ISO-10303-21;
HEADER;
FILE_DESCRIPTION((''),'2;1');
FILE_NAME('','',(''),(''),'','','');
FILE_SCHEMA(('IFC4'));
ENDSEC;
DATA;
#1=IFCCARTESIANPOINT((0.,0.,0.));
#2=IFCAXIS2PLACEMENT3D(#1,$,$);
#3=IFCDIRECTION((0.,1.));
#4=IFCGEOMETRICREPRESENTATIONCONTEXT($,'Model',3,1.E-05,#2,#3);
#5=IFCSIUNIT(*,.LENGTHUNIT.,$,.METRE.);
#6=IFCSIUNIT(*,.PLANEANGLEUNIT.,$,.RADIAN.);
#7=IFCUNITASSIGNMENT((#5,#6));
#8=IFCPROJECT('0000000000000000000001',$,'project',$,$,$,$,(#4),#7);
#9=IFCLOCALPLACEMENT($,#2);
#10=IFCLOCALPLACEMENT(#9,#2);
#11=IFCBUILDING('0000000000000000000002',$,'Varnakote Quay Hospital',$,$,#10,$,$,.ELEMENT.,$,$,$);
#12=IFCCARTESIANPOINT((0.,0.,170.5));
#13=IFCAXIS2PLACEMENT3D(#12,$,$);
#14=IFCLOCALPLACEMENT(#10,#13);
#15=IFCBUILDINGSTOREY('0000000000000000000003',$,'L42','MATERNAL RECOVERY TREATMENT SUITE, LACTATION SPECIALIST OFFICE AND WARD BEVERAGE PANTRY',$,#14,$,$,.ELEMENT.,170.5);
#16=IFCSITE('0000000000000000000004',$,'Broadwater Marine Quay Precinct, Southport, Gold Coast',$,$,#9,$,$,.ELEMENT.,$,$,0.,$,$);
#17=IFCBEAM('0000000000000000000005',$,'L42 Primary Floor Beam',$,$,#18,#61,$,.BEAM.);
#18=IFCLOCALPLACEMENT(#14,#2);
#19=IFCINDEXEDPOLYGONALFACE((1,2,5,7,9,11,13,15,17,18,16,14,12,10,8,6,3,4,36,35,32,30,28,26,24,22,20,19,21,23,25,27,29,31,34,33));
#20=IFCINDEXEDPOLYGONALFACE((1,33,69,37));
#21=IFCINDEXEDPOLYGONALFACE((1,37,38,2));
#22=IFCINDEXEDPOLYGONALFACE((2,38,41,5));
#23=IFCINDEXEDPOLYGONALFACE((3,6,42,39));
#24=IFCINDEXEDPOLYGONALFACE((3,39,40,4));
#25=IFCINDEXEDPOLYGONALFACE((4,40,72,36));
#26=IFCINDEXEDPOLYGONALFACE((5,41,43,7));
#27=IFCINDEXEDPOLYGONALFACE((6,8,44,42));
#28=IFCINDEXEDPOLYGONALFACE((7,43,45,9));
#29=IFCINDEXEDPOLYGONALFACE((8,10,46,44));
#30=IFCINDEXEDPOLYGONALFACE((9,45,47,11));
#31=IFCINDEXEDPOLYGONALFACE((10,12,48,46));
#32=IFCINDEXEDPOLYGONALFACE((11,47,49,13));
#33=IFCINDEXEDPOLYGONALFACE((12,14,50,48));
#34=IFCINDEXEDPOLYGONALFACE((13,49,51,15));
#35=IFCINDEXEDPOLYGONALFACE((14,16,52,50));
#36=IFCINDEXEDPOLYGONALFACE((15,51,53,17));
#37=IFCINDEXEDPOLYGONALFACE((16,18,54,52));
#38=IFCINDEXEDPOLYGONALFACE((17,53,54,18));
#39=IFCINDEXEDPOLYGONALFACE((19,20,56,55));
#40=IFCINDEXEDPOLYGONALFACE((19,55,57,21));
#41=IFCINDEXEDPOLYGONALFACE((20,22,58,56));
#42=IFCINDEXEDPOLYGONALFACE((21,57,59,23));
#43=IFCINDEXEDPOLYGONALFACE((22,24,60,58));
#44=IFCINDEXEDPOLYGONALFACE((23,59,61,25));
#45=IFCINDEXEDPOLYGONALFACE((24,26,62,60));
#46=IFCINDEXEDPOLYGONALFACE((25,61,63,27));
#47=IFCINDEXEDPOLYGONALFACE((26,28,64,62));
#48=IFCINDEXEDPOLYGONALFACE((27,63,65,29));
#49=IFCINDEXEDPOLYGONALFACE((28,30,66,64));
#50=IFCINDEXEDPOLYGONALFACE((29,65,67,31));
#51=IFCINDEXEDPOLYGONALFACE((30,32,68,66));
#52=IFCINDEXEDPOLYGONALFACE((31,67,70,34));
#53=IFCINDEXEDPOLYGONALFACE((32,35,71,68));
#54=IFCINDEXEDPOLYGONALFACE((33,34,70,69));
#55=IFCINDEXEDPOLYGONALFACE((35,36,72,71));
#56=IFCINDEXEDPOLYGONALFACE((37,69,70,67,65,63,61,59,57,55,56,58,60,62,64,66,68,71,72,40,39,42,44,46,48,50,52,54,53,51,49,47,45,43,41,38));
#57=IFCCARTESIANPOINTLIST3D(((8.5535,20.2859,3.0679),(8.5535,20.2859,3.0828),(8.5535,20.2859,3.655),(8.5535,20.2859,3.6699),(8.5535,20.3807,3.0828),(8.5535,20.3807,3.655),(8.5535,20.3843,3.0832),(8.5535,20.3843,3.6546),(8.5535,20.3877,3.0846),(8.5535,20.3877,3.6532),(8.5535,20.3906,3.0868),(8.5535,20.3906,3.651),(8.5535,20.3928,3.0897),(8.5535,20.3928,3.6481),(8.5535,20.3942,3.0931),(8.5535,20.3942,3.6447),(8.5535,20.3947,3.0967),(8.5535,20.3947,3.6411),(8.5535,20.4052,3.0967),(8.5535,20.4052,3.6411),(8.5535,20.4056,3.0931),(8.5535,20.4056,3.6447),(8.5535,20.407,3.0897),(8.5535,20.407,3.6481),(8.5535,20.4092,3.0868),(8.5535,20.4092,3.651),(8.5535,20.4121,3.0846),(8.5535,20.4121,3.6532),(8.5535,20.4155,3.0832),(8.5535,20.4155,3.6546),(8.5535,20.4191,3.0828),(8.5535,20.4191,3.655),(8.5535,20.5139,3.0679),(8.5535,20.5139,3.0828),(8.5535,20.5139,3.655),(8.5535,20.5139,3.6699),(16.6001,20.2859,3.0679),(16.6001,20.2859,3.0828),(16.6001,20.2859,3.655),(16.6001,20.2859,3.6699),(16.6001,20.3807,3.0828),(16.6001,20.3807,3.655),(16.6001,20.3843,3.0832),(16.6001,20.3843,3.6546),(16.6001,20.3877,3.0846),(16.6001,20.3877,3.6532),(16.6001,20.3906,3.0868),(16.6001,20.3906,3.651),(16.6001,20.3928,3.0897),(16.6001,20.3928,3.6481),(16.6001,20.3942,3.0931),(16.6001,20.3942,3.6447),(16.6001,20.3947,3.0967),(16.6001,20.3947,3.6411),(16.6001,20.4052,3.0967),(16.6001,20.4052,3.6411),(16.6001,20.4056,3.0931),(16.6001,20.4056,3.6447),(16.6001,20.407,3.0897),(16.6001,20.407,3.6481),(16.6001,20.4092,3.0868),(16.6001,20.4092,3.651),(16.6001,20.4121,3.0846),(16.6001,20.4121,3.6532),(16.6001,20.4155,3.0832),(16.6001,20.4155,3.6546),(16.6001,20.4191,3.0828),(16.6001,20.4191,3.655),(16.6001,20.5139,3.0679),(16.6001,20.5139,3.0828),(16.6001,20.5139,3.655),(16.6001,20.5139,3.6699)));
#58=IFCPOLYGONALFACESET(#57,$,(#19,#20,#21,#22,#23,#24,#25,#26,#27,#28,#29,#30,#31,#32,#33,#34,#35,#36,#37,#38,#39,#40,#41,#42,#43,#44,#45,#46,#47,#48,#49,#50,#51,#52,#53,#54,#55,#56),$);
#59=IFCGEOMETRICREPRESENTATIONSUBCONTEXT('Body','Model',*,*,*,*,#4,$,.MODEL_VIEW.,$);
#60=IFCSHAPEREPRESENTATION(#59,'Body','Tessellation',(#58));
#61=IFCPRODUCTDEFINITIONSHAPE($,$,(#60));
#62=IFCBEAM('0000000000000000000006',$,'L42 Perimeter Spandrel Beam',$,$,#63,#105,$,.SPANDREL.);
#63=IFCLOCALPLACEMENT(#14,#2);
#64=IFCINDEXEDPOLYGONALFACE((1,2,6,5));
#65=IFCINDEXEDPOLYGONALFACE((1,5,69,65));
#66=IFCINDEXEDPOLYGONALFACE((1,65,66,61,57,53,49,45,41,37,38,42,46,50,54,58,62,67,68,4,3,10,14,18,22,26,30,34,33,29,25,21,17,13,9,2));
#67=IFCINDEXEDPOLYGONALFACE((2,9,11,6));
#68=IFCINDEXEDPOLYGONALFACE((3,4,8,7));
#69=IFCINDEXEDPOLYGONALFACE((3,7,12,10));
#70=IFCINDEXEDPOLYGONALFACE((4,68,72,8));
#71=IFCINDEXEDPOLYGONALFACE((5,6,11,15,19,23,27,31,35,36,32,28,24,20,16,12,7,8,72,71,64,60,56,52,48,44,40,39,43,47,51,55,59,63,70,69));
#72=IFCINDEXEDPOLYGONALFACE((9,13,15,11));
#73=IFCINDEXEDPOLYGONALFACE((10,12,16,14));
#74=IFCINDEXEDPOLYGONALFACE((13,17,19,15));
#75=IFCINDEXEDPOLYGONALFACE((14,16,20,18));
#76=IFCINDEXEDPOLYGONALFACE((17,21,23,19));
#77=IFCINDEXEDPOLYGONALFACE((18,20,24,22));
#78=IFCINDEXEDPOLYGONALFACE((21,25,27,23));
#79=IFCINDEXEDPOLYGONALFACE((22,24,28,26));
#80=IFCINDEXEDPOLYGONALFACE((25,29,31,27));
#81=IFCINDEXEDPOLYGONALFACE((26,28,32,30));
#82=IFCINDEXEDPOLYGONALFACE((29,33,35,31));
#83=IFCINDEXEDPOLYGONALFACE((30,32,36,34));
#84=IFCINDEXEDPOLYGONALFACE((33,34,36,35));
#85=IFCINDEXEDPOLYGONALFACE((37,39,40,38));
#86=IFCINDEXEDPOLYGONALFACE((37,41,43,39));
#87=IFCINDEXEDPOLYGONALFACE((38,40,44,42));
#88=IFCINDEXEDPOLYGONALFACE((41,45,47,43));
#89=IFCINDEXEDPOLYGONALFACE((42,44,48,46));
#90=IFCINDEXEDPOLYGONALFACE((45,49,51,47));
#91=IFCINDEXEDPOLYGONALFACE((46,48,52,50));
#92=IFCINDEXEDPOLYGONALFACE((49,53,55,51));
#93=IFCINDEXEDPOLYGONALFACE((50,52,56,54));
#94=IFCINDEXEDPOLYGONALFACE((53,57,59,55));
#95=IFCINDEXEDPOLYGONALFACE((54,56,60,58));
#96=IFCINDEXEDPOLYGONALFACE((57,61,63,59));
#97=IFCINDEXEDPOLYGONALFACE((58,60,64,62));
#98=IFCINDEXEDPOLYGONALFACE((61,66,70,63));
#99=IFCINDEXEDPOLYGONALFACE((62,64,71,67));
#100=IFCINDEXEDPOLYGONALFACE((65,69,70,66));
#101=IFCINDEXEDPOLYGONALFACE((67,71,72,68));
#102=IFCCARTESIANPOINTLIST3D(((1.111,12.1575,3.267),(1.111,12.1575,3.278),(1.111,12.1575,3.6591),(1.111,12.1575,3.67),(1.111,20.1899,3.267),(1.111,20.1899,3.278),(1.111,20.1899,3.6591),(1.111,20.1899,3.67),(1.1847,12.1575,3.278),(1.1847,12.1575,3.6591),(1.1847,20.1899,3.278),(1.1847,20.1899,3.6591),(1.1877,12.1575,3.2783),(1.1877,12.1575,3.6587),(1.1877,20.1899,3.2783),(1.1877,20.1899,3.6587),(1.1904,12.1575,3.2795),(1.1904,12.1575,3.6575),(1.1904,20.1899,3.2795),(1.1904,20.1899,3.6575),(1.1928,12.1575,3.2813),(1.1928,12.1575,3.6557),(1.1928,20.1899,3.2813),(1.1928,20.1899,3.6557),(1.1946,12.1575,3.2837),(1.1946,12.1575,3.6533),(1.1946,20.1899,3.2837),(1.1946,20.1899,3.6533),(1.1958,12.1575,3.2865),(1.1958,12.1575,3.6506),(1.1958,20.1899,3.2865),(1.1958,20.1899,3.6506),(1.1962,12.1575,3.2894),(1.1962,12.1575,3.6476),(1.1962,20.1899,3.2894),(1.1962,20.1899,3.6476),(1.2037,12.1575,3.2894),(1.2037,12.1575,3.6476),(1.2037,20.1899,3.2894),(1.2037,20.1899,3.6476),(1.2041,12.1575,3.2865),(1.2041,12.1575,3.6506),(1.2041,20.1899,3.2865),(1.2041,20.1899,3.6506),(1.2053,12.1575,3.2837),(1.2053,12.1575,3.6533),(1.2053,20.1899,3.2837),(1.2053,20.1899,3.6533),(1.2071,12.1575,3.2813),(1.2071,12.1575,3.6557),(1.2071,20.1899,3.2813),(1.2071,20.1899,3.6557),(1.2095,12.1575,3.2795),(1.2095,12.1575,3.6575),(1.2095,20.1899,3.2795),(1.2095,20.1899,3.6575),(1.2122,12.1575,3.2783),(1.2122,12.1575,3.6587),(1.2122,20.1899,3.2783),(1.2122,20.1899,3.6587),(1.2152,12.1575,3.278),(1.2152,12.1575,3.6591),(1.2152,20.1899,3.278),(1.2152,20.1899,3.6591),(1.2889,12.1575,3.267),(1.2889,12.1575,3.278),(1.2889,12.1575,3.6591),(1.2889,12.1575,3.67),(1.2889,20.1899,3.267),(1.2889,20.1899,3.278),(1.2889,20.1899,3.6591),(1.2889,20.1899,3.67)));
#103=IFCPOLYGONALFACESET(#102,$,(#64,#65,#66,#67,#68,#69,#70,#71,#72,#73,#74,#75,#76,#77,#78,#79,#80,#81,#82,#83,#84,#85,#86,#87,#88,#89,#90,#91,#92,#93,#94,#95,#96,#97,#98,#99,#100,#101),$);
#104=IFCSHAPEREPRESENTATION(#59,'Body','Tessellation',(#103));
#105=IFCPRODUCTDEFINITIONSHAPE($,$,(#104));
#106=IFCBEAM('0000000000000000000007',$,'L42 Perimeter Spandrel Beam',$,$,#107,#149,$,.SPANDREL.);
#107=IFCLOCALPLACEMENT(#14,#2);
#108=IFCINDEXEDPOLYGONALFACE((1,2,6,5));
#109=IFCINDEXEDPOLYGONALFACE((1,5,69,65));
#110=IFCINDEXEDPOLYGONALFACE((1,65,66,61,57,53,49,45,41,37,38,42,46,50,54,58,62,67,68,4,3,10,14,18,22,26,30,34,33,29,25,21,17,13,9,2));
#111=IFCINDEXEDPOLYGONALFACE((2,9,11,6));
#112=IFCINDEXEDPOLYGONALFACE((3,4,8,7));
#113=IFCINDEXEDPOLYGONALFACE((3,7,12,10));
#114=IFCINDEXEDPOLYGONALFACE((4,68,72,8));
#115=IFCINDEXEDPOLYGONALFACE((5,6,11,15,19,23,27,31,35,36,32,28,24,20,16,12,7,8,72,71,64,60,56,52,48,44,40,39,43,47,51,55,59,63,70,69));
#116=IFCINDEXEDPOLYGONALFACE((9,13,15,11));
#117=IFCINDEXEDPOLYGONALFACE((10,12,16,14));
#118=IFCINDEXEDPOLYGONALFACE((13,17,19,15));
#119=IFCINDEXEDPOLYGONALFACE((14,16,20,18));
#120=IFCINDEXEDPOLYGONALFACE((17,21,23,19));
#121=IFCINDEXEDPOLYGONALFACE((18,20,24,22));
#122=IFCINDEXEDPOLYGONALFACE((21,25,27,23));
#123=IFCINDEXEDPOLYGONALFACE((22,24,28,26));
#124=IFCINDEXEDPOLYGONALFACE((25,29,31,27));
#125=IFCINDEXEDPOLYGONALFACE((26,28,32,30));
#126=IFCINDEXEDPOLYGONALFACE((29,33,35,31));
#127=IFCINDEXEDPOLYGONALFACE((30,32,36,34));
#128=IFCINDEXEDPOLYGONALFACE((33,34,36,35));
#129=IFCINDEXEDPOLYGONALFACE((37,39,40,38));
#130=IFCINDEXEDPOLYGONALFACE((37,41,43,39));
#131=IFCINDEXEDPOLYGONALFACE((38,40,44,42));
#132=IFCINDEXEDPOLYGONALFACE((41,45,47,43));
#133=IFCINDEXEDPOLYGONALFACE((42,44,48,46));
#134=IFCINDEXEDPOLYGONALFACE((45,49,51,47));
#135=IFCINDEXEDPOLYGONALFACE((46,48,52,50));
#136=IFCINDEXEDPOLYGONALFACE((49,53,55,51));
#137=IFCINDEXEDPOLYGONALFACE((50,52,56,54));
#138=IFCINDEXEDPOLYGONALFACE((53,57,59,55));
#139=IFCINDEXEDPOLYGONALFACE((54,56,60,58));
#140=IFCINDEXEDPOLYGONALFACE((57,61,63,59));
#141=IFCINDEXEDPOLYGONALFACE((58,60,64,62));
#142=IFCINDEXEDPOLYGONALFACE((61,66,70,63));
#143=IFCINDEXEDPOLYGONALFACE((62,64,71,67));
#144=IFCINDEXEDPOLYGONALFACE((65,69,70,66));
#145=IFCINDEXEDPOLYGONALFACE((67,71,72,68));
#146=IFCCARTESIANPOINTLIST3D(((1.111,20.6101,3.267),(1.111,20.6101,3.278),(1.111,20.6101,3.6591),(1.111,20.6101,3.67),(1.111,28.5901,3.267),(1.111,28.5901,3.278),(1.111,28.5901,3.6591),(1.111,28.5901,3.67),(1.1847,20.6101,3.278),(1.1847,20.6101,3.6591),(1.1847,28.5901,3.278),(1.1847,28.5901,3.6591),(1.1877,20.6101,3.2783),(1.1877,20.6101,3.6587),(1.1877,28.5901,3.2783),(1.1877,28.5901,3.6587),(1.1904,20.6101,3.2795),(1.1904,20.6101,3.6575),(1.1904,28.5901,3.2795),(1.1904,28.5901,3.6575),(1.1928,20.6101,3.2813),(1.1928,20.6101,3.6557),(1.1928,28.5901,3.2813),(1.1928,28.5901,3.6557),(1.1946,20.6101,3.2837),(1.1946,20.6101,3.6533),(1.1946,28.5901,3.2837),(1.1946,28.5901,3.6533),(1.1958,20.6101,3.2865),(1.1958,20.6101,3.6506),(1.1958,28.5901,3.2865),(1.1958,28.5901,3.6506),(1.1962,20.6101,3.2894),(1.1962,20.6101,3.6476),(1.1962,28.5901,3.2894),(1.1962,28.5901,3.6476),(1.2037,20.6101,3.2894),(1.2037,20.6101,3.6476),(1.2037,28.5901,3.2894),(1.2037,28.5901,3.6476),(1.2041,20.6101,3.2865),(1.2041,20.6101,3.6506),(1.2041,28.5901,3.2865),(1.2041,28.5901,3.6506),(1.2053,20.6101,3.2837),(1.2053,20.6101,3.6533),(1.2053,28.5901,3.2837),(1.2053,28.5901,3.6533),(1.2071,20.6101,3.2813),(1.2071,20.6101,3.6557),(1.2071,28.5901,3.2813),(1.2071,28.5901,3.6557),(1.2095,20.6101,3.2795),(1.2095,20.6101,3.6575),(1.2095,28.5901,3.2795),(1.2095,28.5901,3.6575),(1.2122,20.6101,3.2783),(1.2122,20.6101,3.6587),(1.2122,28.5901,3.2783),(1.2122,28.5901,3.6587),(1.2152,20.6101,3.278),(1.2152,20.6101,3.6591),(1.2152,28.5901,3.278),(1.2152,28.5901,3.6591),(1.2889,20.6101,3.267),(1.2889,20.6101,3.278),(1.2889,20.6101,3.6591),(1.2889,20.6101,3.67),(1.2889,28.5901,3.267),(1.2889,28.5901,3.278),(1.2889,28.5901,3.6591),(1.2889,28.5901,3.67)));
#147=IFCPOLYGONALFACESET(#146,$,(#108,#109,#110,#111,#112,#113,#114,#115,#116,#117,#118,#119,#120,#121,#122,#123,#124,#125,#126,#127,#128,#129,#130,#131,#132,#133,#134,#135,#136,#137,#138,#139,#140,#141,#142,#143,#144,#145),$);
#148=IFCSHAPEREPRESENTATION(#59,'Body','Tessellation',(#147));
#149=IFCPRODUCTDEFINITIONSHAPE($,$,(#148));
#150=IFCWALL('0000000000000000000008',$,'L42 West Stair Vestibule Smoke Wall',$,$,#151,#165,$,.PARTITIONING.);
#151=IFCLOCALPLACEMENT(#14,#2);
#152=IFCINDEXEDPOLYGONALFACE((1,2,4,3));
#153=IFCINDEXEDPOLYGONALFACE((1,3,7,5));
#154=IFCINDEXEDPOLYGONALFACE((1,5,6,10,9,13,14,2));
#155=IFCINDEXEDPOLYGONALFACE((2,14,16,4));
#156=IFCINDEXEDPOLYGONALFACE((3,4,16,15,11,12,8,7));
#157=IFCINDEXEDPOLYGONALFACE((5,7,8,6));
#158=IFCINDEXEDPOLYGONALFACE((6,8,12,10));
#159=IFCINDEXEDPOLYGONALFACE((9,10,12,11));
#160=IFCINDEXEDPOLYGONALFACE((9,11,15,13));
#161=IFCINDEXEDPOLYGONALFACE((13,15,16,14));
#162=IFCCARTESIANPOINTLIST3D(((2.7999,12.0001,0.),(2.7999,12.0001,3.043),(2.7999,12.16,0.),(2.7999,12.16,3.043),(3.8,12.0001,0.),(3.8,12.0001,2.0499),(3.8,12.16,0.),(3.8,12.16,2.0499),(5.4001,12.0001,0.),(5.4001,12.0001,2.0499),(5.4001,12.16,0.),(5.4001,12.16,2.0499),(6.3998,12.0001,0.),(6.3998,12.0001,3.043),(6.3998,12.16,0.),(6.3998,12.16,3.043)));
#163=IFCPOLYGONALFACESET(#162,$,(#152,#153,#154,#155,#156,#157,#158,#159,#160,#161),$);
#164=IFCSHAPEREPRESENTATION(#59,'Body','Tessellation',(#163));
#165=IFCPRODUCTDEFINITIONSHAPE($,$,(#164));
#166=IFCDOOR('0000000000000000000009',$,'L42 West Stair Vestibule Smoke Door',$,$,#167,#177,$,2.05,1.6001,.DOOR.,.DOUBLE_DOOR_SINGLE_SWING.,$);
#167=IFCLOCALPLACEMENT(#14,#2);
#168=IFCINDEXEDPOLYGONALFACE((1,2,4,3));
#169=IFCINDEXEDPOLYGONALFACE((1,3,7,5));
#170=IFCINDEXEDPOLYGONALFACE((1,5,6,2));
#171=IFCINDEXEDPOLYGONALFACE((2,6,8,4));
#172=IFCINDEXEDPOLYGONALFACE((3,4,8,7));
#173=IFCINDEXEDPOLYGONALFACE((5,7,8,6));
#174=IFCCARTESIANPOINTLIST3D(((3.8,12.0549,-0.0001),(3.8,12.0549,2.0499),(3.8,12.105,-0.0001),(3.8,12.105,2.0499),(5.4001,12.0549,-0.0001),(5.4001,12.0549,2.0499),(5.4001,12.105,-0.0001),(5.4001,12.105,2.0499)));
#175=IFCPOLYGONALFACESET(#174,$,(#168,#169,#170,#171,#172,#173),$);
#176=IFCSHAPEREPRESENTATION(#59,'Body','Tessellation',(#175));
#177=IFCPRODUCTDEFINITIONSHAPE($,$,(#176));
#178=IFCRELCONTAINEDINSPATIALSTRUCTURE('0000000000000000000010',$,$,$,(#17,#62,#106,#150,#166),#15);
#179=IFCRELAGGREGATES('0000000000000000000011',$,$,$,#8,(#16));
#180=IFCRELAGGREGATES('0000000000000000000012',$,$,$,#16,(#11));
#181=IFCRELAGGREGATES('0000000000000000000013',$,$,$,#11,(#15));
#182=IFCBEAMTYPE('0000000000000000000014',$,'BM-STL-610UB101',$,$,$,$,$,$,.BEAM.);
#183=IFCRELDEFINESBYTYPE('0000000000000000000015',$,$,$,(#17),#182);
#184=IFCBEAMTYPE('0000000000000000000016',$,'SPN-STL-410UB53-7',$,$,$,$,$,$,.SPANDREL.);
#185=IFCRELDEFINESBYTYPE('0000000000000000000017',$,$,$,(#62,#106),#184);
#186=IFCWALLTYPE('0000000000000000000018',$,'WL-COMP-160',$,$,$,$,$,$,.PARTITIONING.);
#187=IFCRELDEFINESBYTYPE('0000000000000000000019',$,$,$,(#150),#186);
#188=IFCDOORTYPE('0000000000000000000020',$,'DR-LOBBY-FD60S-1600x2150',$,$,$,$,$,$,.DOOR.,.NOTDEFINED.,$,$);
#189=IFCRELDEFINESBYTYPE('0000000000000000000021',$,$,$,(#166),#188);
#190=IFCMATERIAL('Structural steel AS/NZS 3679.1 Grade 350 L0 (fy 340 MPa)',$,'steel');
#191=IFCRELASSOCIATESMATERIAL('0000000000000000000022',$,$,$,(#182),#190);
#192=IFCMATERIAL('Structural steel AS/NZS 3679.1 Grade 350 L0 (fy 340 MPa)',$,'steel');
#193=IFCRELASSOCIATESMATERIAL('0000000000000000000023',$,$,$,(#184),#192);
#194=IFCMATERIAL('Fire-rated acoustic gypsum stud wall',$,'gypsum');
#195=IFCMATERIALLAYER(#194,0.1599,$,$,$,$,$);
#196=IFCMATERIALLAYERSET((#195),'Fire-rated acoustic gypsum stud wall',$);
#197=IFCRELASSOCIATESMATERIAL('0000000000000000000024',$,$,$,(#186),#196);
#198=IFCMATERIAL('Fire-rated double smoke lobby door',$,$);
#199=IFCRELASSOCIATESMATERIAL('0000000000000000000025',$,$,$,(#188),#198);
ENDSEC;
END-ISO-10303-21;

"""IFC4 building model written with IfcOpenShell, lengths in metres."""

from ifc_helpers import new_model, si_unit, direction, frame, frame_2d, origin, origin_2d, place, context, subcontext, project, spatial, rectangle, i_section, extrude, material, layer, layer_set, material_profile, profile_set, type_object, element, fill, save


model = new_model("IFC4")

# Units and contexts
model_context = context("Model", 3, precision=1e-05, world=origin(), true_north=direction((0.0, 1.0)))
body_context = subcontext(model_context, "Body", "Model", "MODEL_VIEW")
ifc_project = project(units=[si_unit("LENGTHUNIT", "METRE"), si_unit("PLANEANGLEUNIT", "RADIAN")], contexts=[model_context])

# Site, building, storey
site_placement = place(None, origin())
site = spatial("IfcSite", under=ifc_project, at=site_placement, Name="Broadwater Marine Quay Precinct, Southport, Gold Coast", CompositionType="ELEMENT", RefElevation=0.0)
building_placement = place(site_placement, origin())
building = spatial("IfcBuilding", under=site, at=building_placement, Name="Varnakote Quay Hospital", CompositionType="ELEMENT")
storey_placement = place(building_placement, frame((0.0, 0.0, 170.5)))
storey = spatial("IfcBuildingStorey", under=building, at=storey_placement, Name="L42", Description="MATERNAL RECOVERY TREATMENT SUITE, LACTATION SPECIALIST OFFICE AND WARD BEVERAGE PANTRY", CompositionType="ELEMENT", Elevation=170.5)

# Beams
ifc_material_1 = material(Name="Structural steel AS/NZS 3679.1 Grade 350 L0 (fy 340 MPa)", Category="steel")
ifc_material_profile_1 = material_profile(ifc_material_1, i_section(OverallWidth=0.228, OverallDepth=0.6021, WebThickness=0.0105, FlangeThickness=0.0149, FilletRadius=0.0139, at=origin_2d()), Name="610UB101")
ifc_profile_set_1 = profile_set([ifc_material_profile_1], Name="Structural steel AS/NZS 3679.1 Grade 350 L0 (fy 340 MPa)")
beam_type_1 = type_object("IfcBeamType", Name="BM-STL-610UB101", PredefinedType="BEAM", material=ifc_profile_set_1)
beam_1_placement = place(storey_placement, frame((8.5535, 20.3999, 3.3689), z_axis=(1.0, 0.0, 0.0), x_axis=(0.0, 1.0, 0.0)))
element("IfcBeam", 1, at=beam_1_placement, inside=storey, type_object=beam_type_1, Name="L42 Primary Floor Beam", PredefinedType="BEAM", context=body_context, shape_type="SweptSolid", body=[
    extrude(i_section(OverallWidth=0.228, OverallDepth=0.6021, WebThickness=0.0105, FlangeThickness=0.0149, FilletRadius=0.0139, at=origin_2d()), origin(), (0.0, 0.0, 1.0), 8.0466),
])
ifc_material_2 = material(Name="Structural steel AS/NZS 3679.1 Grade 350 L0 (fy 340 MPa)", Category="steel")
ifc_material_profile_2 = material_profile(ifc_material_2, i_section(OverallWidth=0.178, OverallDepth=0.4031, WebThickness=0.0076, FlangeThickness=0.011, FilletRadius=0.0115, at=origin_2d()), Name="410UB53.7")
ifc_profile_set_2 = profile_set([ifc_material_profile_2], Name="Structural steel AS/NZS 3679.1 Grade 350 L0 (fy 340 MPa)")
beam_type_2 = type_object("IfcBeamType", Name="SPN-STL-410UB53-7", PredefinedType="SPANDREL", material=ifc_profile_set_2)
beam_2_placement = place(storey_placement, frame((1.2, 12.1575, 3.4685), z_axis=(0.0, 1.0, 0.0), x_axis=(-1.0, 0.0, 0.0)))
element("IfcBeam", 2, at=beam_2_placement, inside=storey, type_object=beam_type_2, Name="L42 Perimeter Spandrel Beam", PredefinedType="SPANDREL", context=body_context, shape_type="SweptSolid", body=[
    extrude(i_section(OverallWidth=0.178, OverallDepth=0.4031, WebThickness=0.0076, FlangeThickness=0.011, FilletRadius=0.0115, at=origin_2d()), origin(), (0.0, 0.0, 1.0), 8.0325),
])
beam_3_placement = place(storey_placement, frame((1.2, 20.6101, 3.4685), z_axis=(0.0, 1.0, 0.0), x_axis=(-1.0, 0.0, 0.0)))
element("IfcBeam", 3, at=beam_3_placement, inside=storey, type_object=beam_type_2, Name="L42 Perimeter Spandrel Beam", PredefinedType="SPANDREL", context=body_context, shape_type="SweptSolid", body=[
    extrude(i_section(OverallWidth=0.178, OverallDepth=0.4031, WebThickness=0.0076, FlangeThickness=0.011, FilletRadius=0.0115, at=origin_2d()), origin(), (0.0, 0.0, 1.0), 7.98),
])

# Wall, opening, door
ifc_material_3 = material(Name="Fire-rated acoustic gypsum stud wall", Category="gypsum")
ifc_layer_1 = layer(ifc_material_3, 0.1599)
ifc_layer_set_1 = layer_set([ifc_layer_1], Name="Fire-rated acoustic gypsum stud wall")
wall_type_1 = type_object("IfcWallType", Name="WL-COMP-160", PredefinedType="PARTITIONING", material=ifc_layer_set_1)
wall_1_placement = place(storey_placement, frame((2.8, 12.0801, 0.0), z_axis=(0.0, 0.0, 1.0), x_axis=(1.0, 0.0, 0.0)))
wall_1 = element("IfcWall", 4, at=wall_1_placement, inside=storey, type_object=wall_type_1, Name="L42 West Stair Vestibule Smoke Wall", PredefinedType="PARTITIONING", context=body_context, shape_type="SweptSolid", body=[
    extrude(rectangle(XDim=3.5999, YDim=0.1599, at=frame_2d((1.7998, 0.0))), origin(), (0.0, 0.0, 1.0), 3.043),
])
opening_1_placement = place(wall_1_placement, frame((1.0, 0.0, 0.0)))
opening_1 = element("IfcOpeningElement", 5, at=opening_1_placement, cuts=wall_1, PredefinedType="OPENING", context=body_context, shape_type="SweptSolid", body=[
    extrude(rectangle(XDim=1.6001, YDim=2.05, at=frame_2d((0.8, 1.0249))), frame((0.0, 0.0898, 0.0), z_axis=(0.0, -1.0, 0.0), x_axis=(1.0, 0.0, 0.0)), (0.0, 0.0, 1.0), 0.1799),
])
ifc_material_4 = material(Name="Fire-rated double smoke lobby door")
door_type_1 = type_object("IfcDoorType", Name="DR-LOBBY-FD60S-1600x2150", OperationType="NOTDEFINED", PredefinedType="DOOR", material=ifc_material_4)
door_1_placement = place(opening_1_placement, origin())
door_1 = element("IfcDoor", 6, at=door_1_placement, inside=storey, type_object=door_type_1, Name="L42 West Stair Vestibule Smoke Door", OperationType="DOUBLE_DOOR_SINGLE_SWING", OverallHeight=2.05, OverallWidth=1.6001, PredefinedType="DOOR", context=body_context, shape_type="SweptSolid", body=[
    extrude(rectangle(XDim=1.6001, YDim=2.05, at=frame_2d((0.8, 1.0249))), frame((0.0, 0.0249, 0.0), z_axis=(0.0, -1.0, 0.0), x_axis=(1.0, 0.0, 0.0)), (0.0, 0.0, 1.0), 0.05),
])
fill(opening_1, door_1)

save(model, "model.ifc")
